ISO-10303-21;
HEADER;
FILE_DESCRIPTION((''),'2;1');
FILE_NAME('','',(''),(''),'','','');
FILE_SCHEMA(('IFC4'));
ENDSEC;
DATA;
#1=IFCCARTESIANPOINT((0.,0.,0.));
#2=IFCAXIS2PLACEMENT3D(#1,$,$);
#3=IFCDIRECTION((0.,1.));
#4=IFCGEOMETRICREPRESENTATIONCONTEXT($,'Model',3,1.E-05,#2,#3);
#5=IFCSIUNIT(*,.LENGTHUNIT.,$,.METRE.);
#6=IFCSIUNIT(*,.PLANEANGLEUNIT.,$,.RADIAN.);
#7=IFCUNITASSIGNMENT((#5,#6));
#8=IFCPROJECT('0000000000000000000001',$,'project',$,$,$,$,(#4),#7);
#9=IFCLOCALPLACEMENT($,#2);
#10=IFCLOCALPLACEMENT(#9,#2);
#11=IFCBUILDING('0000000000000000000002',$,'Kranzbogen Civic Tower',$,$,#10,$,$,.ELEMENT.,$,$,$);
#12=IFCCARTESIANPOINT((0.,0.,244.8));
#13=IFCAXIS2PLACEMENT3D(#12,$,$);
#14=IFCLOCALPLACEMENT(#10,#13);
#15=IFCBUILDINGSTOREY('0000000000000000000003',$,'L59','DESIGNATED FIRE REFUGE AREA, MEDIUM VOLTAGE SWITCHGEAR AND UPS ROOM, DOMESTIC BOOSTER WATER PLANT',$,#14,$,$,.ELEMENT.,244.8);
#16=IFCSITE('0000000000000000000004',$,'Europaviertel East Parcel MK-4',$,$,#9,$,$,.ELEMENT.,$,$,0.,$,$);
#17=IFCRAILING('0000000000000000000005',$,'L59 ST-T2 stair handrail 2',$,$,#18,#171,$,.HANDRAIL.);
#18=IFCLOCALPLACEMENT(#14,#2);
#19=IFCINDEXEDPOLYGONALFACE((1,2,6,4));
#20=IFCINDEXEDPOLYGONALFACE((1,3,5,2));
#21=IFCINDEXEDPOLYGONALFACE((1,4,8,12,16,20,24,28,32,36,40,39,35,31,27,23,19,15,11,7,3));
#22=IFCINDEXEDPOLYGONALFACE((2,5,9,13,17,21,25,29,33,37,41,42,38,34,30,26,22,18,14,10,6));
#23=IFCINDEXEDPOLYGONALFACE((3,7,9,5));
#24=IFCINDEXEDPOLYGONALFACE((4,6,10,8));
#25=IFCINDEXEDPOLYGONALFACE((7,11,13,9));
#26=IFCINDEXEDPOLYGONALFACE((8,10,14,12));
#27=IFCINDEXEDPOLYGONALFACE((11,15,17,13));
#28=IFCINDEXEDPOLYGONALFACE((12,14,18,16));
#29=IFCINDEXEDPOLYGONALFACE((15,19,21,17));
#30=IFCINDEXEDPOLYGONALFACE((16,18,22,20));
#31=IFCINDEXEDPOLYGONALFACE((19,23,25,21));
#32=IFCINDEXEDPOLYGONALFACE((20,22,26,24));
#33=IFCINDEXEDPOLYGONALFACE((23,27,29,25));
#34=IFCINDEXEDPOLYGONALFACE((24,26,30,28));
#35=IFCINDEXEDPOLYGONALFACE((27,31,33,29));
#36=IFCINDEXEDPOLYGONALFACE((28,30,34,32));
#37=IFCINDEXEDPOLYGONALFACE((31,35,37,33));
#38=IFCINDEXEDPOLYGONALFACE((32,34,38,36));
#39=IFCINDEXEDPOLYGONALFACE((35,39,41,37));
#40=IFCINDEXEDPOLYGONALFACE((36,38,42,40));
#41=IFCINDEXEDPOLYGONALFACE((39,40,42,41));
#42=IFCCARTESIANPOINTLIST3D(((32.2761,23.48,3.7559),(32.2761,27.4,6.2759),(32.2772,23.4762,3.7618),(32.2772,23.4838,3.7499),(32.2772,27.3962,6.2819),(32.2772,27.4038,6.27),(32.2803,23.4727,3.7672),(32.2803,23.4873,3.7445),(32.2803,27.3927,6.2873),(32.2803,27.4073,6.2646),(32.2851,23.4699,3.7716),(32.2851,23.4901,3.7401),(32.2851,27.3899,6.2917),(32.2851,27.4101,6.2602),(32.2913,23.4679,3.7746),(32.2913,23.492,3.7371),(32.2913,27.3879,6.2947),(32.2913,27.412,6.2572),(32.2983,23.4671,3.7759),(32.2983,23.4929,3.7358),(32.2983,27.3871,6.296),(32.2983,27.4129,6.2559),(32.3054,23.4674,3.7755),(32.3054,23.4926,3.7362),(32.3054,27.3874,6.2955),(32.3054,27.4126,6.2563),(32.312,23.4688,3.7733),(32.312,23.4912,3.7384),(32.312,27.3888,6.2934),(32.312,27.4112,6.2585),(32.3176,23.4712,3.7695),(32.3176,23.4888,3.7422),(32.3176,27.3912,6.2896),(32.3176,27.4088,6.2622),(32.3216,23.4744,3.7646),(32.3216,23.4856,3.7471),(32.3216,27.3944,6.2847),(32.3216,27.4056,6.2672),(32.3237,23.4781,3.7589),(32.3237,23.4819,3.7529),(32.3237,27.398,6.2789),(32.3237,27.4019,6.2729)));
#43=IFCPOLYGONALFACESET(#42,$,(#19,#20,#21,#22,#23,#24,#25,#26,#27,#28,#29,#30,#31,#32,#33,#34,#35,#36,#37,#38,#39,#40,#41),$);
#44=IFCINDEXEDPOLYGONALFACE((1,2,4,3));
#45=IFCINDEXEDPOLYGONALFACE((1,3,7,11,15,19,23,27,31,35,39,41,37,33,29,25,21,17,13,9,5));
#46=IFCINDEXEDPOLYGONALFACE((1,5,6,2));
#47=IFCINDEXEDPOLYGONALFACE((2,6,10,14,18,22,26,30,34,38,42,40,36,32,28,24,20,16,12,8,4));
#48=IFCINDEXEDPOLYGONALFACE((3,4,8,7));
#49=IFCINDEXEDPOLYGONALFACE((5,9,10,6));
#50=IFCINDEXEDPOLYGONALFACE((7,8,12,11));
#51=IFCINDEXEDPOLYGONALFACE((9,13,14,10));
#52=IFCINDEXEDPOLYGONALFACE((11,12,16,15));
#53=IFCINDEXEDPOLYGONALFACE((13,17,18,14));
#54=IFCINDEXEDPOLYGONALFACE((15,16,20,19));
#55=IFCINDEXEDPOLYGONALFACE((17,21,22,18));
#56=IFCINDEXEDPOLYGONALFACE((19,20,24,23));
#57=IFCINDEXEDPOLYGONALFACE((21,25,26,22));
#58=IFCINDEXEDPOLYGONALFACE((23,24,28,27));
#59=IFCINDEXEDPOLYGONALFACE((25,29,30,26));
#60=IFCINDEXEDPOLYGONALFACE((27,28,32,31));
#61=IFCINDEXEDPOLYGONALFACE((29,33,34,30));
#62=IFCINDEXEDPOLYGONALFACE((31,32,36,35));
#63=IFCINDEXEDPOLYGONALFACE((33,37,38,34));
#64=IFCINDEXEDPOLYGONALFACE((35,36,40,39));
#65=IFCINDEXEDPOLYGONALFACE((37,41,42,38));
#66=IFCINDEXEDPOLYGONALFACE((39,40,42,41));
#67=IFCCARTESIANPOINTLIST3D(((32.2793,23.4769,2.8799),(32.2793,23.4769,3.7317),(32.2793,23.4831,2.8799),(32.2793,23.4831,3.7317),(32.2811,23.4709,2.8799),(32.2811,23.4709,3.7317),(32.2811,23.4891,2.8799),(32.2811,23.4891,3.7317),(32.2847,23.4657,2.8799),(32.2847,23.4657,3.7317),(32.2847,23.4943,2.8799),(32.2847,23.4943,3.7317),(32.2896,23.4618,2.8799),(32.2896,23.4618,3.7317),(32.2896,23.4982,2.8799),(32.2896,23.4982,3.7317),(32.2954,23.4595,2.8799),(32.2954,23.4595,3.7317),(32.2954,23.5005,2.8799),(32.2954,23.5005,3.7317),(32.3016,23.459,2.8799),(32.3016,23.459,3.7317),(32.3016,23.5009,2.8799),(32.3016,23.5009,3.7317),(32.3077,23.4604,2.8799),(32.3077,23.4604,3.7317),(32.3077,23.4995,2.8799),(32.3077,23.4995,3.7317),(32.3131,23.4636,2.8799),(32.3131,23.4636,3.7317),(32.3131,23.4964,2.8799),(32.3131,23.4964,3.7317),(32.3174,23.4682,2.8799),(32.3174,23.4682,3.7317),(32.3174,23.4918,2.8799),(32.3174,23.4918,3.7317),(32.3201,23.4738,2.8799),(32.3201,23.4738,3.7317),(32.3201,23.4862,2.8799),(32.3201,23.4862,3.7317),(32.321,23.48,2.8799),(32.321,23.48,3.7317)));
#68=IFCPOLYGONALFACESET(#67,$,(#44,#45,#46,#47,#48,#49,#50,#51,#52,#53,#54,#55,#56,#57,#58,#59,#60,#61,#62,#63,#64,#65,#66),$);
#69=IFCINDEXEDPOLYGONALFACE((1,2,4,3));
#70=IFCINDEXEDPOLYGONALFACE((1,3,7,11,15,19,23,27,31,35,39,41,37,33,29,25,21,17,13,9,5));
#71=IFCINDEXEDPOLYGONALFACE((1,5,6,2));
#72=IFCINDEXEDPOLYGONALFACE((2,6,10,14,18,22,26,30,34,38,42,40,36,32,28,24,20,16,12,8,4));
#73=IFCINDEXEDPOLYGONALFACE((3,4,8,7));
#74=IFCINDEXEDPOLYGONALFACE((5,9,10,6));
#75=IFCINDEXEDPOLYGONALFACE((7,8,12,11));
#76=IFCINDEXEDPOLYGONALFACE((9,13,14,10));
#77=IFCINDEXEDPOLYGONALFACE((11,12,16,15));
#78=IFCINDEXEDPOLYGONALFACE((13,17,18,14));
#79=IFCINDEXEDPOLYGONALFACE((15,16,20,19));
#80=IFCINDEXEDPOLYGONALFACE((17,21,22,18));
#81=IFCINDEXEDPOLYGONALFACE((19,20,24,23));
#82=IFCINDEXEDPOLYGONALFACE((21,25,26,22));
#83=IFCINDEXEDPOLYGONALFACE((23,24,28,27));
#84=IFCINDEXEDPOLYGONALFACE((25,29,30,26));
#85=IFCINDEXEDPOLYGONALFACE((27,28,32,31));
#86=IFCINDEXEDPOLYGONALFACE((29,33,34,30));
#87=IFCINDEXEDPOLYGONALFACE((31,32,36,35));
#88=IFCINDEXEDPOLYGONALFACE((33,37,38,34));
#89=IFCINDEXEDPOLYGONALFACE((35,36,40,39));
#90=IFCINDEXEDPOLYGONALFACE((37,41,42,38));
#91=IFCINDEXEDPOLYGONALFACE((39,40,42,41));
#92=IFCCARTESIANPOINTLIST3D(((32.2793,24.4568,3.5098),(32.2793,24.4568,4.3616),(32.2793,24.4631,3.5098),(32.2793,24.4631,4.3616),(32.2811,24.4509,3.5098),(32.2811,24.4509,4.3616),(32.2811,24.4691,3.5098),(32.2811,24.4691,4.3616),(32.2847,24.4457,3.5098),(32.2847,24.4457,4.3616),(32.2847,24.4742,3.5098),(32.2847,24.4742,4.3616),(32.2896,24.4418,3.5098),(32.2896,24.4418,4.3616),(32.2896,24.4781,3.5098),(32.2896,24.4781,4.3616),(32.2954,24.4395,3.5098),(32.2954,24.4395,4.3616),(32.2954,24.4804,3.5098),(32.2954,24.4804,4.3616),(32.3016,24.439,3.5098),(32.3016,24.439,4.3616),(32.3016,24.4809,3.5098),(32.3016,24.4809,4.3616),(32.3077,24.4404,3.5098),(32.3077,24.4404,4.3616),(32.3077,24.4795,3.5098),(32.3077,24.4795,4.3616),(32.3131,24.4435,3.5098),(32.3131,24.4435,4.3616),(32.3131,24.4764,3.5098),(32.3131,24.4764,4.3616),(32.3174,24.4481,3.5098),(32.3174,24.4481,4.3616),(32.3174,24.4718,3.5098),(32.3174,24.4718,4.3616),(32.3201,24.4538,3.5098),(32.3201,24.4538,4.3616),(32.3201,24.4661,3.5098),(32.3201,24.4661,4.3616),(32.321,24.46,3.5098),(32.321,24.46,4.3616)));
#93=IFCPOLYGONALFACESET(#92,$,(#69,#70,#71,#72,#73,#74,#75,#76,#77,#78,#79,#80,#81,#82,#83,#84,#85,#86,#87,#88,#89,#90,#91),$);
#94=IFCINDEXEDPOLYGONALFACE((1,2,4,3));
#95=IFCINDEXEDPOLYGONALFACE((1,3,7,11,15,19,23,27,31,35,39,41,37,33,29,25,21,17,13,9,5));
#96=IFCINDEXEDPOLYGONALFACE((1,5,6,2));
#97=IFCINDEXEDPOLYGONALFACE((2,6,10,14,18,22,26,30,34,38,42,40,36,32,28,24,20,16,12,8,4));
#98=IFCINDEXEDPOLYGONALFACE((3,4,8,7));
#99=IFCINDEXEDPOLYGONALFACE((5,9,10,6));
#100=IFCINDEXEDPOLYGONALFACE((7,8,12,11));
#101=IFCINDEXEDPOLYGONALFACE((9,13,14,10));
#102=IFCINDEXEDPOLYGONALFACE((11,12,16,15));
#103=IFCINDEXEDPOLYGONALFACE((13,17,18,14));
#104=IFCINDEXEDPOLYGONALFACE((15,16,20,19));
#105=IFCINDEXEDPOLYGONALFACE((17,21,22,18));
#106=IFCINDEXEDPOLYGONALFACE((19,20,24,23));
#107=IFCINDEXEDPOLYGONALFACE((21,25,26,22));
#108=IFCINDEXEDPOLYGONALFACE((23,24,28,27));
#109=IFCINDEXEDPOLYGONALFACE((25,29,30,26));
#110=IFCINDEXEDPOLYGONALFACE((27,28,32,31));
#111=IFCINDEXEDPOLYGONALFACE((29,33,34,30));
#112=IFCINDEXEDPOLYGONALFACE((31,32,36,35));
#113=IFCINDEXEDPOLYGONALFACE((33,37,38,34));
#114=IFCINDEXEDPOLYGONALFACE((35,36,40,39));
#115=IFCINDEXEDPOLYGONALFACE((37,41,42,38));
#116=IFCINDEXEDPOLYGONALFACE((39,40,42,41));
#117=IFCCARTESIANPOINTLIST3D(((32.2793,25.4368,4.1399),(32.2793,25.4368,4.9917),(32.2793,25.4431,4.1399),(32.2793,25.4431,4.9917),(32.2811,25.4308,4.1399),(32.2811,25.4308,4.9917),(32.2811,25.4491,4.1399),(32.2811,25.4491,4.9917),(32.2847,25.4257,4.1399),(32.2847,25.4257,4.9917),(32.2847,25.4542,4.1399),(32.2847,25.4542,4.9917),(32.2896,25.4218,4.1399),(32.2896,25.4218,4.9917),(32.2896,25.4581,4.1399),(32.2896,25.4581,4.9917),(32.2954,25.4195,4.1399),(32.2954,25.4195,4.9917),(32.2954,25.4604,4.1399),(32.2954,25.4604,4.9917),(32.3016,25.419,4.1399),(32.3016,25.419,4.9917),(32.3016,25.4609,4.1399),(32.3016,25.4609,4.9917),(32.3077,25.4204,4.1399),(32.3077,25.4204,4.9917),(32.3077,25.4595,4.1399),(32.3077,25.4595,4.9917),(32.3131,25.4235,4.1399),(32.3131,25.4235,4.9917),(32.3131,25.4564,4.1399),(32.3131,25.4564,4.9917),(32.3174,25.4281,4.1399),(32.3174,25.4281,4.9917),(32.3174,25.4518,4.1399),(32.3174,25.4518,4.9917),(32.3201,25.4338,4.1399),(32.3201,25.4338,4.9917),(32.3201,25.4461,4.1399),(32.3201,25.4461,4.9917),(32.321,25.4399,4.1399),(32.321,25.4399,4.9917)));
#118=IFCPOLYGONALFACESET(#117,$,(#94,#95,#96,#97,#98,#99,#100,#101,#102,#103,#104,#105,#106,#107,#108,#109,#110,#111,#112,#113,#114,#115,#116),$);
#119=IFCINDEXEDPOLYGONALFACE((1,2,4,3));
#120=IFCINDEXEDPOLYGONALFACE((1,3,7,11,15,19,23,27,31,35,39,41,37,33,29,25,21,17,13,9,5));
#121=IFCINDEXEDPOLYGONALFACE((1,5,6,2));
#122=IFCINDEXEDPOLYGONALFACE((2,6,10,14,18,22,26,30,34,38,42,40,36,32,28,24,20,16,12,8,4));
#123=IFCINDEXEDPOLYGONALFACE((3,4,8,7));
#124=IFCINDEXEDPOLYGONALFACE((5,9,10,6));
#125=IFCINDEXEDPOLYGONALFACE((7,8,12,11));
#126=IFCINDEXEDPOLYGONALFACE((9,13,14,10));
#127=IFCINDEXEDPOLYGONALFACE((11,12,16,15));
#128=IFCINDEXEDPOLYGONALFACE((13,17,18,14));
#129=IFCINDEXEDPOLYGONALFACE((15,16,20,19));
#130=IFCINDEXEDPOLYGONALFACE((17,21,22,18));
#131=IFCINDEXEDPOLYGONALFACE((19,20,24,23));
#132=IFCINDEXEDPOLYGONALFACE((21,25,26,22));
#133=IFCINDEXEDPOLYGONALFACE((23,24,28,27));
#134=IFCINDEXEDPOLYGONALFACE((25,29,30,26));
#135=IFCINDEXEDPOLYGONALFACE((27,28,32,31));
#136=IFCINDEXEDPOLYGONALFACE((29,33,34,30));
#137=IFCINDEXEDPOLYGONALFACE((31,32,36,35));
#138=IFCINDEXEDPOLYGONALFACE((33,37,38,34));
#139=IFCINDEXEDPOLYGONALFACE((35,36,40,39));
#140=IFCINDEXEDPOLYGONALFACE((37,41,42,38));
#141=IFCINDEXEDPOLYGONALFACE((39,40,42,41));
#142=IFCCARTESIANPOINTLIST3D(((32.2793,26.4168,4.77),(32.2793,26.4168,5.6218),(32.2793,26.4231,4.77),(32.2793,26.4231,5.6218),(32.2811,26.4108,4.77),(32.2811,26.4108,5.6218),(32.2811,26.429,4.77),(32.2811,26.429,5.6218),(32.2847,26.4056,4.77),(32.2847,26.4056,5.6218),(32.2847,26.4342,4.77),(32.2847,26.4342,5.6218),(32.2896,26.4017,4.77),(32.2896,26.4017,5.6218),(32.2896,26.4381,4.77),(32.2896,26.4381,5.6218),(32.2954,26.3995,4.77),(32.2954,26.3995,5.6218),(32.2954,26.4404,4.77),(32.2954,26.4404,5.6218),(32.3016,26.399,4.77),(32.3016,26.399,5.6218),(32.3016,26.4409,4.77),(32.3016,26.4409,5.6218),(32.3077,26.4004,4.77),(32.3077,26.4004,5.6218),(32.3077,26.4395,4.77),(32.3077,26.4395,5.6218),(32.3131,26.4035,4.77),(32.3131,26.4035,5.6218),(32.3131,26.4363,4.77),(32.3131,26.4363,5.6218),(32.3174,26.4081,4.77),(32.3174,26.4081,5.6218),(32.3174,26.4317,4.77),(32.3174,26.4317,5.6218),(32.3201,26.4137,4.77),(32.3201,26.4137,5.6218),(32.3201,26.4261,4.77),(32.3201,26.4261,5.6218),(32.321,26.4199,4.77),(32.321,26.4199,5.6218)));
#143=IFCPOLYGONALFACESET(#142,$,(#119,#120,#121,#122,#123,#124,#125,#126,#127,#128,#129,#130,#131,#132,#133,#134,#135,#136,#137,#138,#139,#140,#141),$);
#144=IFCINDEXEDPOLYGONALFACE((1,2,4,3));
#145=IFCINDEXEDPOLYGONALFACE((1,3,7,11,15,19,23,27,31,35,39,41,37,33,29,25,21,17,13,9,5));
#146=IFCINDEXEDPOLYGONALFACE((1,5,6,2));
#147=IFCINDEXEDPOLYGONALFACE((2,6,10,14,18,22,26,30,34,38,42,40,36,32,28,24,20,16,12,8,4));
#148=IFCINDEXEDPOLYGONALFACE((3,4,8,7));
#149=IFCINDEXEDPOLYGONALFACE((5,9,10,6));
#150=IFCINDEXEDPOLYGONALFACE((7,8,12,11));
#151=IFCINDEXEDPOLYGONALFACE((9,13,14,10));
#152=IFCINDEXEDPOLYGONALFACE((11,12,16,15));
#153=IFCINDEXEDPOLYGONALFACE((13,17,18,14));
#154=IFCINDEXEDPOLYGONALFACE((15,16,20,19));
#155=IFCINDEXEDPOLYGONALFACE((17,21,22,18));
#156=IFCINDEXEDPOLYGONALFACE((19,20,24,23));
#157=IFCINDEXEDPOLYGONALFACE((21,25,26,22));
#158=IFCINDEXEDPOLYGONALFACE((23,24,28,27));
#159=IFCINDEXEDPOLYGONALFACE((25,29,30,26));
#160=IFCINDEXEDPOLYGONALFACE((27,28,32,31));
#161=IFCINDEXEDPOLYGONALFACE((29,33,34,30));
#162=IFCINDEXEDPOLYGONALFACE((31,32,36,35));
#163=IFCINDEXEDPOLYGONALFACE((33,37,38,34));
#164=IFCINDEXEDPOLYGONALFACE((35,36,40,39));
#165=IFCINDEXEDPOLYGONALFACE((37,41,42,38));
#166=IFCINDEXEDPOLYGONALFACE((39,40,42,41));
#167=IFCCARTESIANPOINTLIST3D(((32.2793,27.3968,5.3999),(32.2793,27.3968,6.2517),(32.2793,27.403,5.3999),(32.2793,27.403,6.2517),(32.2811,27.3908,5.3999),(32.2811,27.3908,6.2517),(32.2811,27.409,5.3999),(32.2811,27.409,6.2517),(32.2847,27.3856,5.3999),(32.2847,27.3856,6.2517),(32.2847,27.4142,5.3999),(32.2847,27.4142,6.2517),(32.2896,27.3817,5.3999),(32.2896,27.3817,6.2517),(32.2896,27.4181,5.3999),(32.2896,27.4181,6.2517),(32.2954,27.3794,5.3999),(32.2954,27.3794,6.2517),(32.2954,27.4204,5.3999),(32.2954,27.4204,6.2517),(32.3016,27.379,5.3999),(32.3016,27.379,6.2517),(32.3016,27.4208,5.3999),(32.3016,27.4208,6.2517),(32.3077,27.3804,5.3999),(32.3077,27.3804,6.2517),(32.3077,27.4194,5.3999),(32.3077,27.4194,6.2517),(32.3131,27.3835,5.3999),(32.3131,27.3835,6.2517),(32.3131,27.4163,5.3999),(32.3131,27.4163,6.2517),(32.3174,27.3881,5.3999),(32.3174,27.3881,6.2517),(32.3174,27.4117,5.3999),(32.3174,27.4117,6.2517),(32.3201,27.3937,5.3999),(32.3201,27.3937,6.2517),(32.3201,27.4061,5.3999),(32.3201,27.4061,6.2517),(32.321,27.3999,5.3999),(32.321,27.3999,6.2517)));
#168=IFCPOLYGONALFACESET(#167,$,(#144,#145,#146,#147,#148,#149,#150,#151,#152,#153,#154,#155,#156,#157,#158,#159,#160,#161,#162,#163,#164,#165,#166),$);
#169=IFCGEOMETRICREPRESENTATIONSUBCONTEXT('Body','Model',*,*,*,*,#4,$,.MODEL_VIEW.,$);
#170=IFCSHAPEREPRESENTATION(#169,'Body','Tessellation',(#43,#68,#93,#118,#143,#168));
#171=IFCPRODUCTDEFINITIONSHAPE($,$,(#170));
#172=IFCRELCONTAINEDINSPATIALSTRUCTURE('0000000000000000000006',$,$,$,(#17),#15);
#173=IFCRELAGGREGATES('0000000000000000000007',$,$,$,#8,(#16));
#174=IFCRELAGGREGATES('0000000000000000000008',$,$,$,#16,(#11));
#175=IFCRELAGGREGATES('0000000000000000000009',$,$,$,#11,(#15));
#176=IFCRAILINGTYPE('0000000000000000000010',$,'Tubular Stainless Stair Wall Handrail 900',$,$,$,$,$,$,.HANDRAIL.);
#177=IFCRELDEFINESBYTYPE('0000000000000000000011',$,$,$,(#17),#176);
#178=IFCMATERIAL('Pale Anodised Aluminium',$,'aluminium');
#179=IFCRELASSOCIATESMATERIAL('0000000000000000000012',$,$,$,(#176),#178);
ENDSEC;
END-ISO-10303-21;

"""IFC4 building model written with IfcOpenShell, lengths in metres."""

from ifc_helpers import new_model, si_unit, direction, frame, origin, origin_2d, place, context, subcontext, project, spatial, circle, extrude, material, type_object, element, save


model = new_model("IFC4")

# Units and contexts
model_context = context("Model", 3, precision=1e-05, world=origin(), true_north=direction((0.0, 1.0)))
body_context = subcontext(model_context, "Body", "Model", "MODEL_VIEW")
ifc_project = project(units=[si_unit("LENGTHUNIT", "METRE"), si_unit("PLANEANGLEUNIT", "RADIAN")], contexts=[model_context])

# Site, building, storey
site_placement = place(None, origin())
site = spatial("IfcSite", under=ifc_project, at=site_placement, Name="Europaviertel East Parcel MK-4", CompositionType="ELEMENT", RefElevation=0.0)
building_placement = place(site_placement, origin())
building = spatial("IfcBuilding", under=site, at=building_placement, Name="Kranzbogen Civic Tower", CompositionType="ELEMENT")
storey_placement = place(building_placement, frame((0.0, 0.0, 244.8)))
storey = spatial("IfcBuildingStorey", under=building, at=storey_placement, Name="L59", Description="DESIGNATED FIRE REFUGE AREA, MEDIUM VOLTAGE SWITCHGEAR AND UPS ROOM, DOMESTIC BOOSTER WATER PLANT", CompositionType="ELEMENT", Elevation=244.8)

# Shared definitions
ifc_material_1 = material(Name="Pale Anodised Aluminium", Category="aluminium")

# Railing
railing_type_1 = type_object("IfcRailingType", Name="Tubular Stainless Stair Wall Handrail 900", PredefinedType="HANDRAIL", material=ifc_material_1)
railing_1_placement = place(storey_placement, frame((32.3, 23.48, 2.8799)))
element("IfcRailing", 1, at=railing_1_placement, inside=storey, type_object=railing_type_1, Name="L59 ST-T2 stair handrail 2", PredefinedType="HANDRAIL", context=body_context, shape_type="SweptSolid", body=[
    extrude(circle(Radius=0.0239, at=origin_2d()), frame((0.0, 0.0, 0.876), z_axis=(0.0, 0.841172, 0.540768), x_axis=(-1.0, 0.0, 0.0)), (0.0, 0.0, 1.0), 4.6602),
    extrude(circle(Radius=0.021, at=origin_2d()), origin(), (0.0, 0.0, 1.0), 0.8518),
    extrude(circle(Radius=0.021, at=origin_2d()), frame((0.0, 0.98, 0.6299)), (0.0, 0.0, 1.0), 0.8518),
    extrude(circle(Radius=0.021, at=origin_2d()), frame((0.0, 1.96, 1.26)), (0.0, 0.0, 1.0), 0.8518),
    extrude(circle(Radius=0.021, at=origin_2d()), frame((0.0, 2.9399, 1.8901)), (0.0, 0.0, 1.0), 0.8518),
    extrude(circle(Radius=0.021, at=origin_2d()), frame((0.0, 3.9199, 2.52)), (0.0, 0.0, 1.0), 0.8518),
])

save(model, "model.ifc")
